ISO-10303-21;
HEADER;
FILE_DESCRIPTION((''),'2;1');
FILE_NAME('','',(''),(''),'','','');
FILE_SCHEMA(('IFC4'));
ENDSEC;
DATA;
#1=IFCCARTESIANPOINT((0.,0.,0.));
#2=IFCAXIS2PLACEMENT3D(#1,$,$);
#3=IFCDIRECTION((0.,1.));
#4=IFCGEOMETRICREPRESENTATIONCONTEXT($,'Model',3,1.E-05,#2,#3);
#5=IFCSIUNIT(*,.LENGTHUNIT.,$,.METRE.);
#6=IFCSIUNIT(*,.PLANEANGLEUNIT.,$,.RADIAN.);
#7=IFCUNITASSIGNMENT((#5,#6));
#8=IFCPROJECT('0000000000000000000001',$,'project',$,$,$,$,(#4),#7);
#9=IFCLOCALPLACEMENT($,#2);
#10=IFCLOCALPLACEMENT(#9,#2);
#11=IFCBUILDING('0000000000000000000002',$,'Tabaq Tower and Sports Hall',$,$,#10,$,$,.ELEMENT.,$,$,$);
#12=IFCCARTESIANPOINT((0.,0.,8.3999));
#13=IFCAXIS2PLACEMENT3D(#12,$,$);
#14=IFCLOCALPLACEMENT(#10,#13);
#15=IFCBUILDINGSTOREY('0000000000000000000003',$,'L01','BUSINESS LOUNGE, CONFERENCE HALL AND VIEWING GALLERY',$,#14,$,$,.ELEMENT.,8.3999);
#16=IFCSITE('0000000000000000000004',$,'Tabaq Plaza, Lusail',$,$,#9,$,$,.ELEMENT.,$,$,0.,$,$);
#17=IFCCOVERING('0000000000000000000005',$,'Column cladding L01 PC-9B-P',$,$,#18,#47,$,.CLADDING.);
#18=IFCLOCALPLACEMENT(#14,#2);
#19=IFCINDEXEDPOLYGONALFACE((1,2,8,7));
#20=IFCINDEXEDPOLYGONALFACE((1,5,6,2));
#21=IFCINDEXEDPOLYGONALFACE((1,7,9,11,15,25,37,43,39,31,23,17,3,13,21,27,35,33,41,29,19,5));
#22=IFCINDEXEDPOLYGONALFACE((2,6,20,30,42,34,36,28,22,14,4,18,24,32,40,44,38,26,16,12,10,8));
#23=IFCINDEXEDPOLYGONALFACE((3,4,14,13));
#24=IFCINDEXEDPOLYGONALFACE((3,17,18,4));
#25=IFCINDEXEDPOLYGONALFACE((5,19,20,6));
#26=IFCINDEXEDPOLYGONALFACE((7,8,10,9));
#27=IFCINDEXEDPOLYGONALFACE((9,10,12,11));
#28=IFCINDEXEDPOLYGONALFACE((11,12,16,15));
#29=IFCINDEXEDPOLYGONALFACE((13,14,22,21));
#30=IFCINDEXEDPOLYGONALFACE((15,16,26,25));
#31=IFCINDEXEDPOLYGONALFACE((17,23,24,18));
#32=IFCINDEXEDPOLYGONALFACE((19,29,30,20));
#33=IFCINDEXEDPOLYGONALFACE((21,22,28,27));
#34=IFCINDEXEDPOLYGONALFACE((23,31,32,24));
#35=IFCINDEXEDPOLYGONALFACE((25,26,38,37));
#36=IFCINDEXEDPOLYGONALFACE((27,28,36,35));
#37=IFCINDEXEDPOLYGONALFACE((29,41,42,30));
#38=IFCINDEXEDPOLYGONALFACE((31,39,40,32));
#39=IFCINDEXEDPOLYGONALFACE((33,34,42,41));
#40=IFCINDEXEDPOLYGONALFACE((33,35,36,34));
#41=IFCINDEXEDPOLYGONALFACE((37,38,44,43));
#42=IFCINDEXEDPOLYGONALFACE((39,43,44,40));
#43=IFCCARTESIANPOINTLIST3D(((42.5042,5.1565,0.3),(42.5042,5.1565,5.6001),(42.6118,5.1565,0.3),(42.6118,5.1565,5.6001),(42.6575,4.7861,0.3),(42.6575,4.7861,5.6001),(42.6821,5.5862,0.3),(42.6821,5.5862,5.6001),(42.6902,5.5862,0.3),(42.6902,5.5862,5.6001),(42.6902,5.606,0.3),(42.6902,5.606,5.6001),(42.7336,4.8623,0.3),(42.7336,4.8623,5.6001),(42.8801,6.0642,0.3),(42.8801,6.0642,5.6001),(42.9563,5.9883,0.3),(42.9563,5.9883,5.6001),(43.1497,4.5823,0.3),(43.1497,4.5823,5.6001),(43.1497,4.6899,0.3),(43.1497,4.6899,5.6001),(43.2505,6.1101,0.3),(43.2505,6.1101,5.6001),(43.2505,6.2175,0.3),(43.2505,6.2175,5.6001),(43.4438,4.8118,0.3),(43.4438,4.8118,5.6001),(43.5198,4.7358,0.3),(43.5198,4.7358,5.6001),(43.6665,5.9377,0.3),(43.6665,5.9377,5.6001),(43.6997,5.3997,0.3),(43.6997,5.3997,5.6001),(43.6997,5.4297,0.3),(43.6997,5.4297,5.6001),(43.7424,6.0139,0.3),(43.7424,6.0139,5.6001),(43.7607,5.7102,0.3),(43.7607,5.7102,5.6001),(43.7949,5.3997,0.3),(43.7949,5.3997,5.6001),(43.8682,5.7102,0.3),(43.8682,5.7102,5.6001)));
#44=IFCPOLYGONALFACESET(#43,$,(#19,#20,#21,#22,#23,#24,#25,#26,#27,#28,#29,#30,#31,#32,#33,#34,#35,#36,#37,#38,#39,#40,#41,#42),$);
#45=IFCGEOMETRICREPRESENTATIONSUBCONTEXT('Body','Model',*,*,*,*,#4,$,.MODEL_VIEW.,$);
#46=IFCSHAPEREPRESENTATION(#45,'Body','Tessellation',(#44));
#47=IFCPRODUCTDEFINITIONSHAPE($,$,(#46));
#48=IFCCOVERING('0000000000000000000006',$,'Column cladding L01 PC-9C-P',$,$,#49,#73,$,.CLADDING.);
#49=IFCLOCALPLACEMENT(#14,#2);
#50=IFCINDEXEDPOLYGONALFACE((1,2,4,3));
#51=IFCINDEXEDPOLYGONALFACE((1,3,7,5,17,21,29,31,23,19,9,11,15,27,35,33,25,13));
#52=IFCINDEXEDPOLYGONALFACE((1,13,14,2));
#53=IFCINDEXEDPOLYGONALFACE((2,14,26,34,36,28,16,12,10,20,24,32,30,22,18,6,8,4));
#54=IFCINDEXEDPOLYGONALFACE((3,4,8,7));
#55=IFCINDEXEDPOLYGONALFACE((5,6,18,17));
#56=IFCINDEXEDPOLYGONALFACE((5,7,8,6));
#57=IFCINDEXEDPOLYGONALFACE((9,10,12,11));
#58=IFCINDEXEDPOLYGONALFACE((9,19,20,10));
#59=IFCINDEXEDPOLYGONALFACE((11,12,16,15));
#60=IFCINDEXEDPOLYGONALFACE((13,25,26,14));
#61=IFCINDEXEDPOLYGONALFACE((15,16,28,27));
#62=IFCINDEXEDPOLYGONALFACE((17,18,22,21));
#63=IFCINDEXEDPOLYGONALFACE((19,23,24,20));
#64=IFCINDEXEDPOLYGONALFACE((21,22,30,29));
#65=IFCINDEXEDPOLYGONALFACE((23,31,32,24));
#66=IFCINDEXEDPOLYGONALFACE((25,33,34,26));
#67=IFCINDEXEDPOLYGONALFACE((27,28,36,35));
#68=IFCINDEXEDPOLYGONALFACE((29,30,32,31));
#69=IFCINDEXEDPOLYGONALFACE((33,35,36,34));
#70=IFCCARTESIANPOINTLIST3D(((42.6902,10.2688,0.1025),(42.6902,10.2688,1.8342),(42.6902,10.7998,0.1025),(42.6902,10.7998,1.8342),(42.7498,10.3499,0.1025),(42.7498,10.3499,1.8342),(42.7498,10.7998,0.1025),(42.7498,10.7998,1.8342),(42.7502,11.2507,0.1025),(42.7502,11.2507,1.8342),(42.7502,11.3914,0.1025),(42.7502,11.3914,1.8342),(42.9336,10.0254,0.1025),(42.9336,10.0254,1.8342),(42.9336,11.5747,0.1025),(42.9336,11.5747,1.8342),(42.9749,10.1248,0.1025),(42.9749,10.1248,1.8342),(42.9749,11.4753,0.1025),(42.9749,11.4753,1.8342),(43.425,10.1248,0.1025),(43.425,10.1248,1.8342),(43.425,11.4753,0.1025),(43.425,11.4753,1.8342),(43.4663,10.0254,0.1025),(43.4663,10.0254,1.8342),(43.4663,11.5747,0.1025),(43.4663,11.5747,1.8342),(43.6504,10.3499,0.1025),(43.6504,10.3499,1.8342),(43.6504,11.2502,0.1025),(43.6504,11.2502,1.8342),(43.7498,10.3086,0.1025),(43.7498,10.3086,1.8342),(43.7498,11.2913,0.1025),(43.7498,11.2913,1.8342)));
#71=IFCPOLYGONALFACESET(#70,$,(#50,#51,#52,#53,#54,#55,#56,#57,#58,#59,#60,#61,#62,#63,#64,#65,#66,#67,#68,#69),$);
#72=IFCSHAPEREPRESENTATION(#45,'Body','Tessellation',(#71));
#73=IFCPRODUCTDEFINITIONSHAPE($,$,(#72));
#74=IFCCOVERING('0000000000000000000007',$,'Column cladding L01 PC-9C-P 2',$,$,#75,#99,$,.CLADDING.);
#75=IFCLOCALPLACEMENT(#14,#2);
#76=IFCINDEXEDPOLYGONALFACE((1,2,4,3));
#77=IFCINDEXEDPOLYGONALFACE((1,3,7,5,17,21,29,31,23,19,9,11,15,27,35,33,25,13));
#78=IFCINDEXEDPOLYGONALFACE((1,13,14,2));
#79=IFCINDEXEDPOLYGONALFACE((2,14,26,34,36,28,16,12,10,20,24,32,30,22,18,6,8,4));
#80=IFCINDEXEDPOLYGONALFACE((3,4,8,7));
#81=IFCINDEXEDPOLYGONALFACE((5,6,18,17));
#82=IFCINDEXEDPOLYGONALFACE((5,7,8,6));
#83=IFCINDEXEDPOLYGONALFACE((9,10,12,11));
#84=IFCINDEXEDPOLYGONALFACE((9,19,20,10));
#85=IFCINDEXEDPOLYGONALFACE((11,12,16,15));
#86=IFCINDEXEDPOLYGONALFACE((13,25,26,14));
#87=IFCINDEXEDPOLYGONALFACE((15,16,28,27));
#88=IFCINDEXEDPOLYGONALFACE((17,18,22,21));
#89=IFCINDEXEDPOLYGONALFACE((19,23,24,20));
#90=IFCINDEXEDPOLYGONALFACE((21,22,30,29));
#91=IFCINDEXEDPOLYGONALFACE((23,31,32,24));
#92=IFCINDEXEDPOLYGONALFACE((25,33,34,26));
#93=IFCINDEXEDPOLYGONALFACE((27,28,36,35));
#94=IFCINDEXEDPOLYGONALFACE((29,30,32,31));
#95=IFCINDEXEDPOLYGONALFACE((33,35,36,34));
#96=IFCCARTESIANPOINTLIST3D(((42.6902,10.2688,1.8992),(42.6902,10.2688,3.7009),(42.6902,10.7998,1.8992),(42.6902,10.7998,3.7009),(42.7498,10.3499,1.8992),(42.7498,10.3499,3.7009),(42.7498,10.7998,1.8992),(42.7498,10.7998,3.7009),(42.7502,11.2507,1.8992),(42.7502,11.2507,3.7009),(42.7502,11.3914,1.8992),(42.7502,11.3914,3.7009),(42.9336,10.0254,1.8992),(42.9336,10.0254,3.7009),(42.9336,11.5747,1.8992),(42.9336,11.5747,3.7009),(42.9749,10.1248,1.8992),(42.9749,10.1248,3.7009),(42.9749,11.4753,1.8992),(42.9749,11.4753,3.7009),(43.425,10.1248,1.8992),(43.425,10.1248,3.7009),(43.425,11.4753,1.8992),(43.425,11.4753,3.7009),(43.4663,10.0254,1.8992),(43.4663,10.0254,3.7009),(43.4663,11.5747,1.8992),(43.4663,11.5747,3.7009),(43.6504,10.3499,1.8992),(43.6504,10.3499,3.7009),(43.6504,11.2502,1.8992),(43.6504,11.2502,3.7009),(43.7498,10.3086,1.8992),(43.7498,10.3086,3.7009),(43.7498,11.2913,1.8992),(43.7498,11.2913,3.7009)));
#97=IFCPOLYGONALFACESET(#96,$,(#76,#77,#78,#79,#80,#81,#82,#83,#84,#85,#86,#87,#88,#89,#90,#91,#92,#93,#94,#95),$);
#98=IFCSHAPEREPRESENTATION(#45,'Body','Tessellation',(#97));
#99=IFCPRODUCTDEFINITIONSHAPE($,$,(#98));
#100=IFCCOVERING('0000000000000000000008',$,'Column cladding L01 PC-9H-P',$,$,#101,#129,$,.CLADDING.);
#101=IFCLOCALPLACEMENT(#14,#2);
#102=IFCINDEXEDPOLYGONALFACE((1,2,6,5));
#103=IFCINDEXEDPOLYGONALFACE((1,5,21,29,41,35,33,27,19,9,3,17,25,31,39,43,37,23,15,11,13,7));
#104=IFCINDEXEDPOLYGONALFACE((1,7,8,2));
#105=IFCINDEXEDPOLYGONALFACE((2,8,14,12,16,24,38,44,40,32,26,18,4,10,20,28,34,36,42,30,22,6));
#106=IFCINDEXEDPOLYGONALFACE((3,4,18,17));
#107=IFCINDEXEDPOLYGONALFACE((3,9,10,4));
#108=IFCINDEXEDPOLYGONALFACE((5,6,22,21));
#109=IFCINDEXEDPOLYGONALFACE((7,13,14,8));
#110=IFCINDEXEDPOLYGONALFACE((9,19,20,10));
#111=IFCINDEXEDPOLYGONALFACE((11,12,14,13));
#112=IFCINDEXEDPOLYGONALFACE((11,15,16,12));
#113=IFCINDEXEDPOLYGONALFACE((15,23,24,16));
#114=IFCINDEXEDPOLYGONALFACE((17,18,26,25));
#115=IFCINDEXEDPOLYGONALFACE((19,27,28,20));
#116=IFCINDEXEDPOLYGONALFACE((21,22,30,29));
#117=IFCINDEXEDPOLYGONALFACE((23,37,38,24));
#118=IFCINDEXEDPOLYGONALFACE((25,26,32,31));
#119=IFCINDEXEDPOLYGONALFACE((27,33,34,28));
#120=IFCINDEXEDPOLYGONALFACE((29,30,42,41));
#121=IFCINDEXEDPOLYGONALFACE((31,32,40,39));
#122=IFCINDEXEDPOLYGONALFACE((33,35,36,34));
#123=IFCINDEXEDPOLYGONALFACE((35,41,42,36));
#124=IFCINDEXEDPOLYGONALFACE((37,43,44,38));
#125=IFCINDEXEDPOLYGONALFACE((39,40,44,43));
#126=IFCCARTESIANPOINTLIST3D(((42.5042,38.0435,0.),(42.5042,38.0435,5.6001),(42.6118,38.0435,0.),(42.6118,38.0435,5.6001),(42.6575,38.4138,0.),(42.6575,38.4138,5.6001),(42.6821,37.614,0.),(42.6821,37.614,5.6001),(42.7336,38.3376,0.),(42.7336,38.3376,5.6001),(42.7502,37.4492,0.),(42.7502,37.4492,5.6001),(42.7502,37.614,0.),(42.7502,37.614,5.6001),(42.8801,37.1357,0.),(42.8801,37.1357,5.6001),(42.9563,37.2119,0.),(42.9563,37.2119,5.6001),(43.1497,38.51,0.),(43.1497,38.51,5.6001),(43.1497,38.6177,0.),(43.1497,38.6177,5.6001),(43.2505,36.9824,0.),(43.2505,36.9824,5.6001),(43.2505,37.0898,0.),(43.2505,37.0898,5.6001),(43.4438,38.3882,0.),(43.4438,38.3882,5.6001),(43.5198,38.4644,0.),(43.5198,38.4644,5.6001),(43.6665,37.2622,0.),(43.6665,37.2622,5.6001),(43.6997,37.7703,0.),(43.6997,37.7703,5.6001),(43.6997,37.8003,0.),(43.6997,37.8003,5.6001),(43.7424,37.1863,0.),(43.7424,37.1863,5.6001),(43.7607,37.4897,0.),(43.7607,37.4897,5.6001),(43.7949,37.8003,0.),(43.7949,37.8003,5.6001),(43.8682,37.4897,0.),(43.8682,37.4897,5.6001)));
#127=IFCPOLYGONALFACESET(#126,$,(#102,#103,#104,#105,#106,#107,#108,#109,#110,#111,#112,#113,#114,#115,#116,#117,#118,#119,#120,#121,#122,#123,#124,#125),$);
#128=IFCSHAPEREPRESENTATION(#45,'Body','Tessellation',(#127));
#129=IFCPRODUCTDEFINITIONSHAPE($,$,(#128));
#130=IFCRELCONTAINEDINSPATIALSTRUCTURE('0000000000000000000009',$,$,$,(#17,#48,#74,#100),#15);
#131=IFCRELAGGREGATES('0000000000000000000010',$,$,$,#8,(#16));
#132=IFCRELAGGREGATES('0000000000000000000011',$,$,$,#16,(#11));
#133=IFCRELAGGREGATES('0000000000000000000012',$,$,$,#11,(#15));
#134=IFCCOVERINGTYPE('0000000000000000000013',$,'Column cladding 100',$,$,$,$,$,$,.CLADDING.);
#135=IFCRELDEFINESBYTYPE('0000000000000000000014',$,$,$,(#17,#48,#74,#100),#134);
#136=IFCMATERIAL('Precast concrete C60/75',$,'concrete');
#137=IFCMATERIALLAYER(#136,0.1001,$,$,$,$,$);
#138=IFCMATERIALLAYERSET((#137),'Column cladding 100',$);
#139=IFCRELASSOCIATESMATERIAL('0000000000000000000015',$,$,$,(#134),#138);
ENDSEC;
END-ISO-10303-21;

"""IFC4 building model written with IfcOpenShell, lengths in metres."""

from ifc_helpers import new_model, si_unit, direction, frame, origin, place, context, subcontext, project, spatial, polyline, outline, extrude, material, layer, layer_set, type_object, element, save


model = new_model("IFC4")

# Units and contexts
model_context = context("Model", 3, precision=1e-05, world=origin(), true_north=direction((0.0, 1.0)))
body_context = subcontext(model_context, "Body", "Model", "MODEL_VIEW")
ifc_project = project(units=[si_unit("LENGTHUNIT", "METRE"), si_unit("PLANEANGLEUNIT", "RADIAN")], contexts=[model_context])

# Site, building, storey
site_placement = place(None, origin())
site = spatial("IfcSite", under=ifc_project, at=site_placement, Name="Tabaq Plaza, Lusail", CompositionType="ELEMENT", RefElevation=0.0)
building_placement = place(site_placement, origin())
building = spatial("IfcBuilding", under=site, at=building_placement, Name="Tabaq Tower and Sports Hall", CompositionType="ELEMENT")
storey_placement = place(building_placement, frame((0.0, 0.0, 8.3999)))
storey = spatial("IfcBuildingStorey", under=building, at=storey_placement, Name="L01", Description="BUSINESS LOUNGE, CONFERENCE HALL AND VIEWING GALLERY", CompositionType="ELEMENT", Elevation=8.3999)

# Coverings
ifc_material_1 = material(Name="Precast concrete C60/75", Category="concrete")
ifc_layer_1 = layer(ifc_material_1, 0.1001)
ifc_layer_set_1 = layer_set([ifc_layer_1], Name="Column cladding 100")
covering_type = type_object("IfcCoveringType", Name="Column cladding 100", PredefinedType="CLADDING", material=ifc_layer_set_1)
covering_1_placement = place(storey_placement, frame((0.0, 0.0, 0.3)))
element("IfcCovering", 1, at=covering_1_placement, inside=storey, type_object=covering_type, Name="Column cladding L01 PC-9B-P", PredefinedType="CLADDING", context=body_context, shape_type="SweptSolid", body=[
    extrude(outline(polyline([(42.6575, 4.7861), (42.5042, 5.1565), (42.6821, 5.5862), (42.6902, 5.5862), (42.6902, 5.606), (42.8801, 6.0642), (43.2505, 6.2175), (43.7424, 6.0139), (43.8682, 5.7102), (43.7607, 5.7102), (43.6665, 5.9377), (43.2505, 6.1101), (42.9563, 5.9883), (42.6118, 5.1565), (42.7336, 4.8623), (43.1497, 4.6899), (43.4438, 4.8118), (43.6997, 5.4297), (43.6997, 5.3997), (43.7949, 5.3997), (43.5198, 4.7358), (43.1497, 4.5823), (42.6575, 4.7861)])), origin(), (0.0, 0.0, 1.0), 5.3),
])
covering_2_placement = place(storey_placement, frame((0.0, 0.0, 0.1025)))
element("IfcCovering", 2, at=covering_2_placement, inside=storey, type_object=covering_type, Name="Column cladding L01 PC-9C-P", PredefinedType="CLADDING", context=body_context, shape_type="SweptSolid", body=[
    extrude(outline(polyline([(42.9336, 10.0254), (42.6902, 10.2688), (42.6902, 10.7998), (42.7498, 10.7998), (42.7498, 10.3499), (42.9749, 10.1248), (43.425, 10.1248), (43.6504, 10.3499), (43.6504, 11.2502), (43.425, 11.4753), (42.9749, 11.4753), (42.7502, 11.2507), (42.7502, 11.3914), (42.9336, 11.5747), (43.4663, 11.5747), (43.7498, 11.2913), (43.7498, 10.3086), (43.4663, 10.0254), (42.9336, 10.0254)])), origin(), (0.0, 0.0, 1.0), 1.7317),
])
covering_3_placement = place(storey_placement, frame((0.0, 0.0, 1.8992)))
element("IfcCovering", 3, at=covering_3_placement, inside=storey, type_object=covering_type, Name="Column cladding L01 PC-9C-P 2", PredefinedType="CLADDING", context=body_context, shape_type="SweptSolid", body=[
    extrude(outline(polyline([(42.9336, 10.0254), (42.6902, 10.2688), (42.6902, 10.7998), (42.7498, 10.7998), (42.7498, 10.3499), (42.9749, 10.1248), (43.425, 10.1248), (43.6504, 10.3499), (43.6504, 11.2502), (43.425, 11.4753), (42.9749, 11.4753), (42.7502, 11.2507), (42.7502, 11.3914), (42.9336, 11.5747), (43.4663, 11.5747), (43.7498, 11.2913), (43.7498, 10.3086), (43.4663, 10.0254), (42.9336, 10.0254)])), origin(), (0.0, 0.0, 1.0), 1.8018),
])
covering_4_placement = place(storey_placement, origin())
element("IfcCovering", 4, at=covering_4_placement, inside=storey, type_object=covering_type, Name="Column cladding L01 PC-9H-P", PredefinedType="CLADDING", context=body_context, shape_type="SweptSolid", body=[
    extrude(outline(polyline([(43.2505, 36.9824), (42.8801, 37.1357), (42.7502, 37.4492), (42.7502, 37.614), (42.6821, 37.614), (42.5042, 38.0435), (42.6575, 38.4138), (43.1497, 38.6177), (43.5198, 38.4644), (43.7949, 37.8003), (43.6997, 37.8003), (43.6997, 37.7703), (43.4438, 38.3882), (43.1497, 38.51), (42.7336, 38.3376), (42.6118, 38.0435), (42.9563, 37.2119), (43.2505, 37.0898), (43.6665, 37.2622), (43.7607, 37.4897), (43.8682, 37.4897), (43.7424, 37.1863), (43.2505, 36.9824)])), origin(), (0.0, 0.0, 1.0), 5.6001),
])

save(model, "model.ifc")
